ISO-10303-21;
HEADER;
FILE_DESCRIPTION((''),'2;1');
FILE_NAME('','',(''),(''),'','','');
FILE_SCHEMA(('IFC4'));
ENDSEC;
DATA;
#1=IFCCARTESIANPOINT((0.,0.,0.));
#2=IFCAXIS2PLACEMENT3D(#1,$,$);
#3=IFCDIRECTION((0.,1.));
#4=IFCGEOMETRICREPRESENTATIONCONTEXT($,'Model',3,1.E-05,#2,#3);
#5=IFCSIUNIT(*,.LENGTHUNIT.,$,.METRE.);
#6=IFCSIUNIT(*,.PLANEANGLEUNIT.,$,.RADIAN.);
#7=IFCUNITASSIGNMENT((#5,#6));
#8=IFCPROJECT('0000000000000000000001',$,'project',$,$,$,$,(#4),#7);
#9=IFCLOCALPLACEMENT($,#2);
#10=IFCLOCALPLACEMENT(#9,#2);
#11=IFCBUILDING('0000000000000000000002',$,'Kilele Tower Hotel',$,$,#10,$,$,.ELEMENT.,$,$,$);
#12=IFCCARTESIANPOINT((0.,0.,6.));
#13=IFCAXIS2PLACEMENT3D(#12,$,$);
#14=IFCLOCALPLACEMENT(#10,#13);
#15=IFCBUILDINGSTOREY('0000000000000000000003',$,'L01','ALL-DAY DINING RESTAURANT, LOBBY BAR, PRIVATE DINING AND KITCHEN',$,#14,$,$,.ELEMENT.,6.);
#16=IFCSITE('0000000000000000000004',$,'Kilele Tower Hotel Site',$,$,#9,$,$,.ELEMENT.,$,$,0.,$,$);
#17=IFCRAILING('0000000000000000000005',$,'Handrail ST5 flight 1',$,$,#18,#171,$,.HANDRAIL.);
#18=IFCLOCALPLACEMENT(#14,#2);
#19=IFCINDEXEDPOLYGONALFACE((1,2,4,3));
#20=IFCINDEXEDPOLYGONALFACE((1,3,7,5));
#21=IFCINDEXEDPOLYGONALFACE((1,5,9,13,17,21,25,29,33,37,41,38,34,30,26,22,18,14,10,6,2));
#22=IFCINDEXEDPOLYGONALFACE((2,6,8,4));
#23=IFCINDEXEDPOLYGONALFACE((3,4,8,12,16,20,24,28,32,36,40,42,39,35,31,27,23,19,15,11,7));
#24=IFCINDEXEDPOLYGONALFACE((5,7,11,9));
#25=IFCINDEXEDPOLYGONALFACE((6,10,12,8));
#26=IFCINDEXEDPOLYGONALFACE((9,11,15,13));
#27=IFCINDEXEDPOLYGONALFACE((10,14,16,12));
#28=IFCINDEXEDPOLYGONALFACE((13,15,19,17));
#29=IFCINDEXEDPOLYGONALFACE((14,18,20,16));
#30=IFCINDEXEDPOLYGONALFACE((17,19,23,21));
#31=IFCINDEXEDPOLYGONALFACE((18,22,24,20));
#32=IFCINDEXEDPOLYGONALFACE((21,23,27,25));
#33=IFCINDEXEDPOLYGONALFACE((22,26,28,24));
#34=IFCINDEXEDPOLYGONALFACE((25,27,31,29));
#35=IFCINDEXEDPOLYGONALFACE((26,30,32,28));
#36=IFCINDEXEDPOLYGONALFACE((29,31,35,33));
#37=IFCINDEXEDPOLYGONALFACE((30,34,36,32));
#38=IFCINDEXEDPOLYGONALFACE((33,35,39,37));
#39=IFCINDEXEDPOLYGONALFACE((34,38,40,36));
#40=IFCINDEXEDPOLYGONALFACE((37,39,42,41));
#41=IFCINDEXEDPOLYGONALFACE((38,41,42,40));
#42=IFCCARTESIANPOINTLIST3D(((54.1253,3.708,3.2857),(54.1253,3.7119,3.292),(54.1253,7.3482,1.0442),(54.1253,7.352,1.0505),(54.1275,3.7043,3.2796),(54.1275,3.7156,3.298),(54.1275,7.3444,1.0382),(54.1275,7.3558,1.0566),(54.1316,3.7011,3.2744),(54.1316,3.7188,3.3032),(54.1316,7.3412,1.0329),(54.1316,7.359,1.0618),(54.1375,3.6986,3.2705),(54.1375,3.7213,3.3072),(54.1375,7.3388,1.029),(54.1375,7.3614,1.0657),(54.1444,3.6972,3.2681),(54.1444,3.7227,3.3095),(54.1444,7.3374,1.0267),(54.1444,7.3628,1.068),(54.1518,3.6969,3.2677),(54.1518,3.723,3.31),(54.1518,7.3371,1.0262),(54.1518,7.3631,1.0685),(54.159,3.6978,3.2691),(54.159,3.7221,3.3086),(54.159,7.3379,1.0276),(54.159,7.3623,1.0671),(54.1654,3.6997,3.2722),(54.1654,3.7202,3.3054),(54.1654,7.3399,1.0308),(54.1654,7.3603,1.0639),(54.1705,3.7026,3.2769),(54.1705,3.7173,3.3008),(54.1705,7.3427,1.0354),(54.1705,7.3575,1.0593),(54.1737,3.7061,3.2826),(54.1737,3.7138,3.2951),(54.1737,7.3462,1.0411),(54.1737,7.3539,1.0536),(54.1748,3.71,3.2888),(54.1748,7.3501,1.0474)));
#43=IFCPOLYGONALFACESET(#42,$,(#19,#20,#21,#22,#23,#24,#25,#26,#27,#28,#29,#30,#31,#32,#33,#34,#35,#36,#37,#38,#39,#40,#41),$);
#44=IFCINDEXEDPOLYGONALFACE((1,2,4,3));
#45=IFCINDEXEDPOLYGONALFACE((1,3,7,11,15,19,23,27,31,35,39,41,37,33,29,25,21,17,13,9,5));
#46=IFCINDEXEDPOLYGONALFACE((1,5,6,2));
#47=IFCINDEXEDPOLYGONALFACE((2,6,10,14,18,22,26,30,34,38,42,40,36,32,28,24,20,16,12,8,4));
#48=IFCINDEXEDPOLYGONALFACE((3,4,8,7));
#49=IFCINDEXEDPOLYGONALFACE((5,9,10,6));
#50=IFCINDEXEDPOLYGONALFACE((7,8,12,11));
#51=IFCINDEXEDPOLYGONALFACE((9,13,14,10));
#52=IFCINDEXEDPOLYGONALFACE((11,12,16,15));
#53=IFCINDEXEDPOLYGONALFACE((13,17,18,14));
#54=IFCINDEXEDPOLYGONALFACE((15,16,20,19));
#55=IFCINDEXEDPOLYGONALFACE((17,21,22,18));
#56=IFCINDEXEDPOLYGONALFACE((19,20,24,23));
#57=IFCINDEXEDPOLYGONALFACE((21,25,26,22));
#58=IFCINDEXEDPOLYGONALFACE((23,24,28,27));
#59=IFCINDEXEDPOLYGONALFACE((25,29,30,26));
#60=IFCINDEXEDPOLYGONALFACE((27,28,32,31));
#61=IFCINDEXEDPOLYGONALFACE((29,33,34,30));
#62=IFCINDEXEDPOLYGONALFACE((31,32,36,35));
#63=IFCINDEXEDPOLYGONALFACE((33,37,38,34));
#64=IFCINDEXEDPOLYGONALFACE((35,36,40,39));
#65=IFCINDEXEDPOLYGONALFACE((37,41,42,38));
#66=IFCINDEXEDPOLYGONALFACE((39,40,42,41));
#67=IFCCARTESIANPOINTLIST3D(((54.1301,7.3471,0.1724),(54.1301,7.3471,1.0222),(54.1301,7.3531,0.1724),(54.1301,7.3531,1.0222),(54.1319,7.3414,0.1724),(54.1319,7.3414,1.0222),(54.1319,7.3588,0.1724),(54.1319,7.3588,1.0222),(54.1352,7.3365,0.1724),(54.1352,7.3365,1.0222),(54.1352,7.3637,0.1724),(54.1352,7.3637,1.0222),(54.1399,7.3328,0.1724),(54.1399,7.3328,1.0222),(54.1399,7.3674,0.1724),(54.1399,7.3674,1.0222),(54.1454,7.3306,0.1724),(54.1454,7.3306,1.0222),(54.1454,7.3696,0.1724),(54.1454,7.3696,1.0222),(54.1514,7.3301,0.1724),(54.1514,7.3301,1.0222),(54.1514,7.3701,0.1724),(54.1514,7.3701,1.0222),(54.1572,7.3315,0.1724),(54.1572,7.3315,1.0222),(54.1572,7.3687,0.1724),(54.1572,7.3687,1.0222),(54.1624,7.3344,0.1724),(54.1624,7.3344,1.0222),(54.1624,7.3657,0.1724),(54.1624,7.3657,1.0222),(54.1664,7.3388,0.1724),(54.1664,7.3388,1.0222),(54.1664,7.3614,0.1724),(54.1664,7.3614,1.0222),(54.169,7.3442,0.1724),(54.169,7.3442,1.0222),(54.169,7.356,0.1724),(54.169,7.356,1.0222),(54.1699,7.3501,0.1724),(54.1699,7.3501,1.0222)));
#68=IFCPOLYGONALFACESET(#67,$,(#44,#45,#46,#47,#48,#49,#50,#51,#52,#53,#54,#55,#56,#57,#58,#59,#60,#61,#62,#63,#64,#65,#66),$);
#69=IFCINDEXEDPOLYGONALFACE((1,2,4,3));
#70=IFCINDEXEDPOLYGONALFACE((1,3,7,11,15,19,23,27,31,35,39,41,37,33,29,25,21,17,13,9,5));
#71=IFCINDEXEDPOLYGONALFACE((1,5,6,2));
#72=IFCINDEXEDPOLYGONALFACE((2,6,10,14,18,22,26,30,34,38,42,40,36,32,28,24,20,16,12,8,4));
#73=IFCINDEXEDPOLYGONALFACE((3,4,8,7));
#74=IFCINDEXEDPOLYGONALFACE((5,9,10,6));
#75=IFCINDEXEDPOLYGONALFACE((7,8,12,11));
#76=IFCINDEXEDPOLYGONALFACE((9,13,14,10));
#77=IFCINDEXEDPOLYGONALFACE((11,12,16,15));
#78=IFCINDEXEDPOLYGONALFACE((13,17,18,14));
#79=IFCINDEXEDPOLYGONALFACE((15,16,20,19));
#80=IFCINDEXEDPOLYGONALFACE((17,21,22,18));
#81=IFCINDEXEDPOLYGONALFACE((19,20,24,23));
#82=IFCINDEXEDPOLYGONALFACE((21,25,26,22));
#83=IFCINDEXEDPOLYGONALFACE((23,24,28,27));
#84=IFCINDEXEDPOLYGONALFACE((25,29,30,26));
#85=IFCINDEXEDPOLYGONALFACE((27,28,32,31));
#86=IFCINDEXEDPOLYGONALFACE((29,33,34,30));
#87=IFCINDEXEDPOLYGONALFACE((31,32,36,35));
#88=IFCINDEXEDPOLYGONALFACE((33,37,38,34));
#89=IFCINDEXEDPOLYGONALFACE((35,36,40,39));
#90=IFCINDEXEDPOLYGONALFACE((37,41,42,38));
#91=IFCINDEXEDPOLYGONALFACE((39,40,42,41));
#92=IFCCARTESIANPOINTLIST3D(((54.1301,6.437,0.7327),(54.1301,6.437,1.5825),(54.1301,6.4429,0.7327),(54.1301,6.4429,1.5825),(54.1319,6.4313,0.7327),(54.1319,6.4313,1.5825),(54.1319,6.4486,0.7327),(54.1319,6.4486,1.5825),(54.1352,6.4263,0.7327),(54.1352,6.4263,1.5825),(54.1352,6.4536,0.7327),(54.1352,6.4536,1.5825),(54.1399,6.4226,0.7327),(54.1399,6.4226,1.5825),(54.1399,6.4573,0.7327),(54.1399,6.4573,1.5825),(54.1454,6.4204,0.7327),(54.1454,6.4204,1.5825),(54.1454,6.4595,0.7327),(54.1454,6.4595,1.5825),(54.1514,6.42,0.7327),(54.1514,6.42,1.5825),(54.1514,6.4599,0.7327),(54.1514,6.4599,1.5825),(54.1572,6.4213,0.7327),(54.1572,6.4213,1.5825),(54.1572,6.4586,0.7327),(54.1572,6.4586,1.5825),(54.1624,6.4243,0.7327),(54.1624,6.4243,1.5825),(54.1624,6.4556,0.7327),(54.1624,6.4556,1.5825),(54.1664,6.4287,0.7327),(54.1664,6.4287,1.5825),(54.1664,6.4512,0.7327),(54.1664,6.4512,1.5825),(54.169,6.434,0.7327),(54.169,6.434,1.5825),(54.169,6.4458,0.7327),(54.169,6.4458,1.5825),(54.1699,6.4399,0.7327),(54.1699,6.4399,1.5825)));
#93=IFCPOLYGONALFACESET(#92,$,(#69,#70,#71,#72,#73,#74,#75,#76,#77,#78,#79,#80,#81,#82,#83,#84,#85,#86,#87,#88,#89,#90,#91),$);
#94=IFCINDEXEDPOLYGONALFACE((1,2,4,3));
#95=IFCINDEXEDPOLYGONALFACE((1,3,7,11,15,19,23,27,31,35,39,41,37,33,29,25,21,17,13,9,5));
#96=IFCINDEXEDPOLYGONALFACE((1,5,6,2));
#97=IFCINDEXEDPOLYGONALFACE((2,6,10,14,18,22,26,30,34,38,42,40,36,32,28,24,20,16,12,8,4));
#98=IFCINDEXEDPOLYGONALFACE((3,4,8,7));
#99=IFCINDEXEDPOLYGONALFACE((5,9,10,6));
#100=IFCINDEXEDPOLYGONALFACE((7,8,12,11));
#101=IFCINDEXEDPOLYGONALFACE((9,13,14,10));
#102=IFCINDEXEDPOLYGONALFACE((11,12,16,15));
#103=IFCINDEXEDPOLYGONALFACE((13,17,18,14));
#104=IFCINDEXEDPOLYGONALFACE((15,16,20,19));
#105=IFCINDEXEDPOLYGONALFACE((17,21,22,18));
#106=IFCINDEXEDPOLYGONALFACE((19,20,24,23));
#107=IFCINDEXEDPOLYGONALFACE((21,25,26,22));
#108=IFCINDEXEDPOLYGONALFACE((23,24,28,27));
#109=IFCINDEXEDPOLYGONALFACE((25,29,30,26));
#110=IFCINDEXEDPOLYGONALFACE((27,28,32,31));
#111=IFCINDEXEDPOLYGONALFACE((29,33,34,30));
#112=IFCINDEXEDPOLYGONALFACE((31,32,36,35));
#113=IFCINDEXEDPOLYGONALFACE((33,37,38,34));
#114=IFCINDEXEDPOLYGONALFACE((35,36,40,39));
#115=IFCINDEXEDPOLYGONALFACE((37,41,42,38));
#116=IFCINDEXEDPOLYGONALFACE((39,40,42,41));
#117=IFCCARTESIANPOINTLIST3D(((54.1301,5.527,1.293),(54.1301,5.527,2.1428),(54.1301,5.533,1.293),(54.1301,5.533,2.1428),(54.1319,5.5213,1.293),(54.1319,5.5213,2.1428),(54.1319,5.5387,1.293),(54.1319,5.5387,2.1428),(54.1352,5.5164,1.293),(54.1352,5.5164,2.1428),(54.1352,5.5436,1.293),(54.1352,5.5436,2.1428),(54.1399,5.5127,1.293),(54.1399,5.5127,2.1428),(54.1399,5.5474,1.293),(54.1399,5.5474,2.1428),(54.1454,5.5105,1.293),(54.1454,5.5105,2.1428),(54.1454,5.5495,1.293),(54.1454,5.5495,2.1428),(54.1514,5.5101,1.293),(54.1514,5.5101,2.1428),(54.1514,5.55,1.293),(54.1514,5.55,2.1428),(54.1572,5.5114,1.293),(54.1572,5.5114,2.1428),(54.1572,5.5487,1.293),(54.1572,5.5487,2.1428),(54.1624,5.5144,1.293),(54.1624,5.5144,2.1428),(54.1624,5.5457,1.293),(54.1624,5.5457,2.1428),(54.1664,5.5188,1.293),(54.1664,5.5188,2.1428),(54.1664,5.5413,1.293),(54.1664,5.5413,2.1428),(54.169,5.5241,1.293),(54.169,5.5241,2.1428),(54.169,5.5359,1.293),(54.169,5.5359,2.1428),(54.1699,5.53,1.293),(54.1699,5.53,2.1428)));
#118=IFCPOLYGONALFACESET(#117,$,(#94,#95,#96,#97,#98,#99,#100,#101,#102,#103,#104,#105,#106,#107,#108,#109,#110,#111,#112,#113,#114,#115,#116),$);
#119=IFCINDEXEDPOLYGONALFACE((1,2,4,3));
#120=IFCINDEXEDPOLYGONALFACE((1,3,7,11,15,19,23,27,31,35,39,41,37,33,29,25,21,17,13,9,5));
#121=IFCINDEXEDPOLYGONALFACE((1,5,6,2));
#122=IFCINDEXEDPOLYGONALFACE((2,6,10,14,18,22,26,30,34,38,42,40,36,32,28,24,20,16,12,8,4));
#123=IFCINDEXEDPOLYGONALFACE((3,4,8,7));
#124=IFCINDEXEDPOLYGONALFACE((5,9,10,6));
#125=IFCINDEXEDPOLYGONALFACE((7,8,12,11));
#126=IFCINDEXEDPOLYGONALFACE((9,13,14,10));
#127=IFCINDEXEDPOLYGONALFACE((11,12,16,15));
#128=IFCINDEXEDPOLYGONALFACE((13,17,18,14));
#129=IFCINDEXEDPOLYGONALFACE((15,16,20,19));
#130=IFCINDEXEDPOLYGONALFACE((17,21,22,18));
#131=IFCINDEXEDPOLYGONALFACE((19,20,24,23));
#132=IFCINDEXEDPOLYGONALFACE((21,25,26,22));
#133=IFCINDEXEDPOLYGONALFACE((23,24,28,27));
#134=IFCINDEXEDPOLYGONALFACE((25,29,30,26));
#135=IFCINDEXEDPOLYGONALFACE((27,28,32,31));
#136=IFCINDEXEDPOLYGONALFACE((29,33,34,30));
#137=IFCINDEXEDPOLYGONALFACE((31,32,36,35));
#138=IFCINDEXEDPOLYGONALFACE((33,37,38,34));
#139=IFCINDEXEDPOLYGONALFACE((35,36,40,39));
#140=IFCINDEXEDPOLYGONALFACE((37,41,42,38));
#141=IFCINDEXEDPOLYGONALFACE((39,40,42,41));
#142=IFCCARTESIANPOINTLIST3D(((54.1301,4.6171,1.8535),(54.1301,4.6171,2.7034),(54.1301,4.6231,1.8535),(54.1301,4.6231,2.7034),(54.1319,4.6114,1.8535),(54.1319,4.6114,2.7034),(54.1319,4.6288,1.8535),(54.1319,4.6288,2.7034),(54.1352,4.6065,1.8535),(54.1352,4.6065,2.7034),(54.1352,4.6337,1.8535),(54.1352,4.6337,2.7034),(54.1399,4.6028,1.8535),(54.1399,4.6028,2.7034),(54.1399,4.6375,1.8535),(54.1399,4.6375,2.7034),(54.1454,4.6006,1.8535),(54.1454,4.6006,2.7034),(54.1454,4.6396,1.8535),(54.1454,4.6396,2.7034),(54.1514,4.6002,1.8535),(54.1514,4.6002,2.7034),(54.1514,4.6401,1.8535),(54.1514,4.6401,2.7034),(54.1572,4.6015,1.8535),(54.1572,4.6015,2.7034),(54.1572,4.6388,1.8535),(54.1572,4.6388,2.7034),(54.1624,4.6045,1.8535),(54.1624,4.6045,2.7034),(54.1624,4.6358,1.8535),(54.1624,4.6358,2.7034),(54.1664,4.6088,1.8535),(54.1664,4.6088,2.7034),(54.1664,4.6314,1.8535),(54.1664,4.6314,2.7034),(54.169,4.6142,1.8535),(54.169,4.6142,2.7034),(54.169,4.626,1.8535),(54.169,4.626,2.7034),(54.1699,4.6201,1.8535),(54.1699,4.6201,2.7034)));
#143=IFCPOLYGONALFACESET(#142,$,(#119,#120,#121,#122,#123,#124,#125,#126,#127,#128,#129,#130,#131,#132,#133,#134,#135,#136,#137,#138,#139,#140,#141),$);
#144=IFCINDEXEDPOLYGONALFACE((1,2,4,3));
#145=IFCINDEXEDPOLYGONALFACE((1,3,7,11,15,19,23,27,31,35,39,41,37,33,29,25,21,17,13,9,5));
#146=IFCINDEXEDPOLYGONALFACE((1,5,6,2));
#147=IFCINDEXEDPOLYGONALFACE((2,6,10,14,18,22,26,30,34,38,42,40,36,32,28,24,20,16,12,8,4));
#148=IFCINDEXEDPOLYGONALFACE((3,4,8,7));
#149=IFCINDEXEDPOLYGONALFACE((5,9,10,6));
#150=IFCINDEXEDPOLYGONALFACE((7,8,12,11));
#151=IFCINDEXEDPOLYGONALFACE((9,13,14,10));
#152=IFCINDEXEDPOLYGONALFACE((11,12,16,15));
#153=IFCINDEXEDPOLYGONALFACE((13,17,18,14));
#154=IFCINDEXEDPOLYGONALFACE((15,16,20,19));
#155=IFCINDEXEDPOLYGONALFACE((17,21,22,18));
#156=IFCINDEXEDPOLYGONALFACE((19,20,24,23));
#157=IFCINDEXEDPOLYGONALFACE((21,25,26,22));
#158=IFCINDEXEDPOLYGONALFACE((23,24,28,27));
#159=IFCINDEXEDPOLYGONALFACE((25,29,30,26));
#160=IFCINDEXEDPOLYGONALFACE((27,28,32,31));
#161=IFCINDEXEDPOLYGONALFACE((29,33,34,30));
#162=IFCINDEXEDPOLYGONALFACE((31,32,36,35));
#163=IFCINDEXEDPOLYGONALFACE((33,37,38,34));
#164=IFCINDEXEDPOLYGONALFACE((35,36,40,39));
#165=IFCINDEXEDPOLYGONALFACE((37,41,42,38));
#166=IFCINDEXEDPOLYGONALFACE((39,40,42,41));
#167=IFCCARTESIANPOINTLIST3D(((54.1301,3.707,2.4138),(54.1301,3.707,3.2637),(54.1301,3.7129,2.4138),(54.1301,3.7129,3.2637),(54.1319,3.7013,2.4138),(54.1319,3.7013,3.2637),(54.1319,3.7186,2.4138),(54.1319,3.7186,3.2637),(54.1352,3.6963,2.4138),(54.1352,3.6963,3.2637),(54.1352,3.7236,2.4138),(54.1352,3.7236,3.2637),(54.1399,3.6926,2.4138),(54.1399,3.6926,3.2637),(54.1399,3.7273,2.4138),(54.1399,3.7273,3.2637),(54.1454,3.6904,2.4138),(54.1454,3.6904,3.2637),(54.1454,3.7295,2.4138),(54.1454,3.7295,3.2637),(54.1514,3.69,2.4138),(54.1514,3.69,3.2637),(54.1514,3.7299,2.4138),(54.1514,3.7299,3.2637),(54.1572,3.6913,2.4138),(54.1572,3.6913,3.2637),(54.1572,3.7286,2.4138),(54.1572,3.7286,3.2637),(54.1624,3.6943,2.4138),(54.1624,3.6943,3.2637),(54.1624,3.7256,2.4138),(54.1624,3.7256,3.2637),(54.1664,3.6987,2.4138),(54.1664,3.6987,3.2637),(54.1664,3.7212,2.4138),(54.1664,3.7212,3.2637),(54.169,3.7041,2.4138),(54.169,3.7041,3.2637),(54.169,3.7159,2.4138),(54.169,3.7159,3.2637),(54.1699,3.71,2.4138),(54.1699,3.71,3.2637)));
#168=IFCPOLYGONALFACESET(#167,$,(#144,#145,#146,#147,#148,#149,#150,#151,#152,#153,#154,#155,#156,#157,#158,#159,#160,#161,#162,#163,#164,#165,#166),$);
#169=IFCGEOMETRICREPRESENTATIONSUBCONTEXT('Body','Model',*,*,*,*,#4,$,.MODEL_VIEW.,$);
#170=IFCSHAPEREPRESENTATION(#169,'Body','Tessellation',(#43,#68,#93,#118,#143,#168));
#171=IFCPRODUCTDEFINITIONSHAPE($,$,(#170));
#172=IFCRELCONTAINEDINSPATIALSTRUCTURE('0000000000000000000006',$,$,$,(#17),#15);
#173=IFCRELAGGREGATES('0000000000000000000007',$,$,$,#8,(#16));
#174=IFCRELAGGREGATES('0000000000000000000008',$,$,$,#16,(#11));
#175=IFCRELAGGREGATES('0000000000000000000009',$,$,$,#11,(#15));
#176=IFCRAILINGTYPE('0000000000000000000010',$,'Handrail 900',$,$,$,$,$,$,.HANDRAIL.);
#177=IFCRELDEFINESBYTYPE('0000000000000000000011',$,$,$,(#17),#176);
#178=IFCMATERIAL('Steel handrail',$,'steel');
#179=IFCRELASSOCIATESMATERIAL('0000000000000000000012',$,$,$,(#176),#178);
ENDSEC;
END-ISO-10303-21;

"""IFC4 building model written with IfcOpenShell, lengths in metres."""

from ifc_helpers import new_model, si_unit, direction, frame, origin, origin_2d, place, context, subcontext, project, spatial, circle, extrude, material, type_object, element, save


model = new_model("IFC4")

# Units and contexts
model_context = context("Model", 3, precision=1e-05, world=origin(), true_north=direction((0.0, 1.0)))
body_context = subcontext(model_context, "Body", "Model", "MODEL_VIEW")
ifc_project = project(units=[si_unit("LENGTHUNIT", "METRE"), si_unit("PLANEANGLEUNIT", "RADIAN")], contexts=[model_context])

# Site, building, storey
site_placement = place(None, origin())
site = spatial("IfcSite", under=ifc_project, at=site_placement, Name="Kilele Tower Hotel Site", CompositionType="ELEMENT", RefElevation=0.0)
building_placement = place(site_placement, origin())
building = spatial("IfcBuilding", under=site, at=building_placement, Name="Kilele Tower Hotel", CompositionType="ELEMENT")
storey_placement = place(building_placement, frame((0.0, 0.0, 6.0)))
storey = spatial("IfcBuildingStorey", under=building, at=storey_placement, Name="L01", Description="ALL-DAY DINING RESTAURANT, LOBBY BAR, PRIVATE DINING AND KITCHEN", CompositionType="ELEMENT", Elevation=6.0)

# Railing
ifc_material_1 = material(Name="Steel handrail", Category="steel")
railing_type_1 = type_object("IfcRailingType", Name="Handrail 900", PredefinedType="HANDRAIL", material=ifc_material_1)
for number, where, name in (
    (1, (54.1499, 7.3501, 0.1724), "Handrail ST5 flight 1"),
):
    element("IfcRailing", number, at=place(storey_placement, frame(where)), inside=storey, type_object=railing_type_1, Name=name, PredefinedType="HANDRAIL", context=body_context, shape_type="SweptSolid", body=[
        extrude(circle(Radius=0.0249, at=origin_2d()), frame((0.0, 0.0, 0.875), z_axis=(0.0, -0.851515, 0.52433), x_axis=(1.0, 0.0, 0.0)), (0.0, 0.0, 1.0), 4.2749),
        extrude(circle(Radius=0.02, at=origin_2d()), origin(), (0.0, 0.0, 1.0), 0.8499),
        extrude(circle(Radius=0.02, at=origin_2d()), frame((0.0, -0.9102, 0.5603)), (0.0, 0.0, 1.0), 0.8499),
        extrude(circle(Radius=0.02, at=origin_2d()), frame((0.0, -1.8201, 1.1206)), (0.0, 0.0, 1.0), 0.8499),
        extrude(circle(Radius=0.02, at=origin_2d()), frame((0.0, -2.73, 1.6812)), (0.0, 0.0, 1.0), 0.8499),
        extrude(circle(Radius=0.02, at=origin_2d()), frame((0.0, -3.6401, 2.2415)), (0.0, 0.0, 1.0), 0.8499),
    ])

save(model, "model.ifc")
